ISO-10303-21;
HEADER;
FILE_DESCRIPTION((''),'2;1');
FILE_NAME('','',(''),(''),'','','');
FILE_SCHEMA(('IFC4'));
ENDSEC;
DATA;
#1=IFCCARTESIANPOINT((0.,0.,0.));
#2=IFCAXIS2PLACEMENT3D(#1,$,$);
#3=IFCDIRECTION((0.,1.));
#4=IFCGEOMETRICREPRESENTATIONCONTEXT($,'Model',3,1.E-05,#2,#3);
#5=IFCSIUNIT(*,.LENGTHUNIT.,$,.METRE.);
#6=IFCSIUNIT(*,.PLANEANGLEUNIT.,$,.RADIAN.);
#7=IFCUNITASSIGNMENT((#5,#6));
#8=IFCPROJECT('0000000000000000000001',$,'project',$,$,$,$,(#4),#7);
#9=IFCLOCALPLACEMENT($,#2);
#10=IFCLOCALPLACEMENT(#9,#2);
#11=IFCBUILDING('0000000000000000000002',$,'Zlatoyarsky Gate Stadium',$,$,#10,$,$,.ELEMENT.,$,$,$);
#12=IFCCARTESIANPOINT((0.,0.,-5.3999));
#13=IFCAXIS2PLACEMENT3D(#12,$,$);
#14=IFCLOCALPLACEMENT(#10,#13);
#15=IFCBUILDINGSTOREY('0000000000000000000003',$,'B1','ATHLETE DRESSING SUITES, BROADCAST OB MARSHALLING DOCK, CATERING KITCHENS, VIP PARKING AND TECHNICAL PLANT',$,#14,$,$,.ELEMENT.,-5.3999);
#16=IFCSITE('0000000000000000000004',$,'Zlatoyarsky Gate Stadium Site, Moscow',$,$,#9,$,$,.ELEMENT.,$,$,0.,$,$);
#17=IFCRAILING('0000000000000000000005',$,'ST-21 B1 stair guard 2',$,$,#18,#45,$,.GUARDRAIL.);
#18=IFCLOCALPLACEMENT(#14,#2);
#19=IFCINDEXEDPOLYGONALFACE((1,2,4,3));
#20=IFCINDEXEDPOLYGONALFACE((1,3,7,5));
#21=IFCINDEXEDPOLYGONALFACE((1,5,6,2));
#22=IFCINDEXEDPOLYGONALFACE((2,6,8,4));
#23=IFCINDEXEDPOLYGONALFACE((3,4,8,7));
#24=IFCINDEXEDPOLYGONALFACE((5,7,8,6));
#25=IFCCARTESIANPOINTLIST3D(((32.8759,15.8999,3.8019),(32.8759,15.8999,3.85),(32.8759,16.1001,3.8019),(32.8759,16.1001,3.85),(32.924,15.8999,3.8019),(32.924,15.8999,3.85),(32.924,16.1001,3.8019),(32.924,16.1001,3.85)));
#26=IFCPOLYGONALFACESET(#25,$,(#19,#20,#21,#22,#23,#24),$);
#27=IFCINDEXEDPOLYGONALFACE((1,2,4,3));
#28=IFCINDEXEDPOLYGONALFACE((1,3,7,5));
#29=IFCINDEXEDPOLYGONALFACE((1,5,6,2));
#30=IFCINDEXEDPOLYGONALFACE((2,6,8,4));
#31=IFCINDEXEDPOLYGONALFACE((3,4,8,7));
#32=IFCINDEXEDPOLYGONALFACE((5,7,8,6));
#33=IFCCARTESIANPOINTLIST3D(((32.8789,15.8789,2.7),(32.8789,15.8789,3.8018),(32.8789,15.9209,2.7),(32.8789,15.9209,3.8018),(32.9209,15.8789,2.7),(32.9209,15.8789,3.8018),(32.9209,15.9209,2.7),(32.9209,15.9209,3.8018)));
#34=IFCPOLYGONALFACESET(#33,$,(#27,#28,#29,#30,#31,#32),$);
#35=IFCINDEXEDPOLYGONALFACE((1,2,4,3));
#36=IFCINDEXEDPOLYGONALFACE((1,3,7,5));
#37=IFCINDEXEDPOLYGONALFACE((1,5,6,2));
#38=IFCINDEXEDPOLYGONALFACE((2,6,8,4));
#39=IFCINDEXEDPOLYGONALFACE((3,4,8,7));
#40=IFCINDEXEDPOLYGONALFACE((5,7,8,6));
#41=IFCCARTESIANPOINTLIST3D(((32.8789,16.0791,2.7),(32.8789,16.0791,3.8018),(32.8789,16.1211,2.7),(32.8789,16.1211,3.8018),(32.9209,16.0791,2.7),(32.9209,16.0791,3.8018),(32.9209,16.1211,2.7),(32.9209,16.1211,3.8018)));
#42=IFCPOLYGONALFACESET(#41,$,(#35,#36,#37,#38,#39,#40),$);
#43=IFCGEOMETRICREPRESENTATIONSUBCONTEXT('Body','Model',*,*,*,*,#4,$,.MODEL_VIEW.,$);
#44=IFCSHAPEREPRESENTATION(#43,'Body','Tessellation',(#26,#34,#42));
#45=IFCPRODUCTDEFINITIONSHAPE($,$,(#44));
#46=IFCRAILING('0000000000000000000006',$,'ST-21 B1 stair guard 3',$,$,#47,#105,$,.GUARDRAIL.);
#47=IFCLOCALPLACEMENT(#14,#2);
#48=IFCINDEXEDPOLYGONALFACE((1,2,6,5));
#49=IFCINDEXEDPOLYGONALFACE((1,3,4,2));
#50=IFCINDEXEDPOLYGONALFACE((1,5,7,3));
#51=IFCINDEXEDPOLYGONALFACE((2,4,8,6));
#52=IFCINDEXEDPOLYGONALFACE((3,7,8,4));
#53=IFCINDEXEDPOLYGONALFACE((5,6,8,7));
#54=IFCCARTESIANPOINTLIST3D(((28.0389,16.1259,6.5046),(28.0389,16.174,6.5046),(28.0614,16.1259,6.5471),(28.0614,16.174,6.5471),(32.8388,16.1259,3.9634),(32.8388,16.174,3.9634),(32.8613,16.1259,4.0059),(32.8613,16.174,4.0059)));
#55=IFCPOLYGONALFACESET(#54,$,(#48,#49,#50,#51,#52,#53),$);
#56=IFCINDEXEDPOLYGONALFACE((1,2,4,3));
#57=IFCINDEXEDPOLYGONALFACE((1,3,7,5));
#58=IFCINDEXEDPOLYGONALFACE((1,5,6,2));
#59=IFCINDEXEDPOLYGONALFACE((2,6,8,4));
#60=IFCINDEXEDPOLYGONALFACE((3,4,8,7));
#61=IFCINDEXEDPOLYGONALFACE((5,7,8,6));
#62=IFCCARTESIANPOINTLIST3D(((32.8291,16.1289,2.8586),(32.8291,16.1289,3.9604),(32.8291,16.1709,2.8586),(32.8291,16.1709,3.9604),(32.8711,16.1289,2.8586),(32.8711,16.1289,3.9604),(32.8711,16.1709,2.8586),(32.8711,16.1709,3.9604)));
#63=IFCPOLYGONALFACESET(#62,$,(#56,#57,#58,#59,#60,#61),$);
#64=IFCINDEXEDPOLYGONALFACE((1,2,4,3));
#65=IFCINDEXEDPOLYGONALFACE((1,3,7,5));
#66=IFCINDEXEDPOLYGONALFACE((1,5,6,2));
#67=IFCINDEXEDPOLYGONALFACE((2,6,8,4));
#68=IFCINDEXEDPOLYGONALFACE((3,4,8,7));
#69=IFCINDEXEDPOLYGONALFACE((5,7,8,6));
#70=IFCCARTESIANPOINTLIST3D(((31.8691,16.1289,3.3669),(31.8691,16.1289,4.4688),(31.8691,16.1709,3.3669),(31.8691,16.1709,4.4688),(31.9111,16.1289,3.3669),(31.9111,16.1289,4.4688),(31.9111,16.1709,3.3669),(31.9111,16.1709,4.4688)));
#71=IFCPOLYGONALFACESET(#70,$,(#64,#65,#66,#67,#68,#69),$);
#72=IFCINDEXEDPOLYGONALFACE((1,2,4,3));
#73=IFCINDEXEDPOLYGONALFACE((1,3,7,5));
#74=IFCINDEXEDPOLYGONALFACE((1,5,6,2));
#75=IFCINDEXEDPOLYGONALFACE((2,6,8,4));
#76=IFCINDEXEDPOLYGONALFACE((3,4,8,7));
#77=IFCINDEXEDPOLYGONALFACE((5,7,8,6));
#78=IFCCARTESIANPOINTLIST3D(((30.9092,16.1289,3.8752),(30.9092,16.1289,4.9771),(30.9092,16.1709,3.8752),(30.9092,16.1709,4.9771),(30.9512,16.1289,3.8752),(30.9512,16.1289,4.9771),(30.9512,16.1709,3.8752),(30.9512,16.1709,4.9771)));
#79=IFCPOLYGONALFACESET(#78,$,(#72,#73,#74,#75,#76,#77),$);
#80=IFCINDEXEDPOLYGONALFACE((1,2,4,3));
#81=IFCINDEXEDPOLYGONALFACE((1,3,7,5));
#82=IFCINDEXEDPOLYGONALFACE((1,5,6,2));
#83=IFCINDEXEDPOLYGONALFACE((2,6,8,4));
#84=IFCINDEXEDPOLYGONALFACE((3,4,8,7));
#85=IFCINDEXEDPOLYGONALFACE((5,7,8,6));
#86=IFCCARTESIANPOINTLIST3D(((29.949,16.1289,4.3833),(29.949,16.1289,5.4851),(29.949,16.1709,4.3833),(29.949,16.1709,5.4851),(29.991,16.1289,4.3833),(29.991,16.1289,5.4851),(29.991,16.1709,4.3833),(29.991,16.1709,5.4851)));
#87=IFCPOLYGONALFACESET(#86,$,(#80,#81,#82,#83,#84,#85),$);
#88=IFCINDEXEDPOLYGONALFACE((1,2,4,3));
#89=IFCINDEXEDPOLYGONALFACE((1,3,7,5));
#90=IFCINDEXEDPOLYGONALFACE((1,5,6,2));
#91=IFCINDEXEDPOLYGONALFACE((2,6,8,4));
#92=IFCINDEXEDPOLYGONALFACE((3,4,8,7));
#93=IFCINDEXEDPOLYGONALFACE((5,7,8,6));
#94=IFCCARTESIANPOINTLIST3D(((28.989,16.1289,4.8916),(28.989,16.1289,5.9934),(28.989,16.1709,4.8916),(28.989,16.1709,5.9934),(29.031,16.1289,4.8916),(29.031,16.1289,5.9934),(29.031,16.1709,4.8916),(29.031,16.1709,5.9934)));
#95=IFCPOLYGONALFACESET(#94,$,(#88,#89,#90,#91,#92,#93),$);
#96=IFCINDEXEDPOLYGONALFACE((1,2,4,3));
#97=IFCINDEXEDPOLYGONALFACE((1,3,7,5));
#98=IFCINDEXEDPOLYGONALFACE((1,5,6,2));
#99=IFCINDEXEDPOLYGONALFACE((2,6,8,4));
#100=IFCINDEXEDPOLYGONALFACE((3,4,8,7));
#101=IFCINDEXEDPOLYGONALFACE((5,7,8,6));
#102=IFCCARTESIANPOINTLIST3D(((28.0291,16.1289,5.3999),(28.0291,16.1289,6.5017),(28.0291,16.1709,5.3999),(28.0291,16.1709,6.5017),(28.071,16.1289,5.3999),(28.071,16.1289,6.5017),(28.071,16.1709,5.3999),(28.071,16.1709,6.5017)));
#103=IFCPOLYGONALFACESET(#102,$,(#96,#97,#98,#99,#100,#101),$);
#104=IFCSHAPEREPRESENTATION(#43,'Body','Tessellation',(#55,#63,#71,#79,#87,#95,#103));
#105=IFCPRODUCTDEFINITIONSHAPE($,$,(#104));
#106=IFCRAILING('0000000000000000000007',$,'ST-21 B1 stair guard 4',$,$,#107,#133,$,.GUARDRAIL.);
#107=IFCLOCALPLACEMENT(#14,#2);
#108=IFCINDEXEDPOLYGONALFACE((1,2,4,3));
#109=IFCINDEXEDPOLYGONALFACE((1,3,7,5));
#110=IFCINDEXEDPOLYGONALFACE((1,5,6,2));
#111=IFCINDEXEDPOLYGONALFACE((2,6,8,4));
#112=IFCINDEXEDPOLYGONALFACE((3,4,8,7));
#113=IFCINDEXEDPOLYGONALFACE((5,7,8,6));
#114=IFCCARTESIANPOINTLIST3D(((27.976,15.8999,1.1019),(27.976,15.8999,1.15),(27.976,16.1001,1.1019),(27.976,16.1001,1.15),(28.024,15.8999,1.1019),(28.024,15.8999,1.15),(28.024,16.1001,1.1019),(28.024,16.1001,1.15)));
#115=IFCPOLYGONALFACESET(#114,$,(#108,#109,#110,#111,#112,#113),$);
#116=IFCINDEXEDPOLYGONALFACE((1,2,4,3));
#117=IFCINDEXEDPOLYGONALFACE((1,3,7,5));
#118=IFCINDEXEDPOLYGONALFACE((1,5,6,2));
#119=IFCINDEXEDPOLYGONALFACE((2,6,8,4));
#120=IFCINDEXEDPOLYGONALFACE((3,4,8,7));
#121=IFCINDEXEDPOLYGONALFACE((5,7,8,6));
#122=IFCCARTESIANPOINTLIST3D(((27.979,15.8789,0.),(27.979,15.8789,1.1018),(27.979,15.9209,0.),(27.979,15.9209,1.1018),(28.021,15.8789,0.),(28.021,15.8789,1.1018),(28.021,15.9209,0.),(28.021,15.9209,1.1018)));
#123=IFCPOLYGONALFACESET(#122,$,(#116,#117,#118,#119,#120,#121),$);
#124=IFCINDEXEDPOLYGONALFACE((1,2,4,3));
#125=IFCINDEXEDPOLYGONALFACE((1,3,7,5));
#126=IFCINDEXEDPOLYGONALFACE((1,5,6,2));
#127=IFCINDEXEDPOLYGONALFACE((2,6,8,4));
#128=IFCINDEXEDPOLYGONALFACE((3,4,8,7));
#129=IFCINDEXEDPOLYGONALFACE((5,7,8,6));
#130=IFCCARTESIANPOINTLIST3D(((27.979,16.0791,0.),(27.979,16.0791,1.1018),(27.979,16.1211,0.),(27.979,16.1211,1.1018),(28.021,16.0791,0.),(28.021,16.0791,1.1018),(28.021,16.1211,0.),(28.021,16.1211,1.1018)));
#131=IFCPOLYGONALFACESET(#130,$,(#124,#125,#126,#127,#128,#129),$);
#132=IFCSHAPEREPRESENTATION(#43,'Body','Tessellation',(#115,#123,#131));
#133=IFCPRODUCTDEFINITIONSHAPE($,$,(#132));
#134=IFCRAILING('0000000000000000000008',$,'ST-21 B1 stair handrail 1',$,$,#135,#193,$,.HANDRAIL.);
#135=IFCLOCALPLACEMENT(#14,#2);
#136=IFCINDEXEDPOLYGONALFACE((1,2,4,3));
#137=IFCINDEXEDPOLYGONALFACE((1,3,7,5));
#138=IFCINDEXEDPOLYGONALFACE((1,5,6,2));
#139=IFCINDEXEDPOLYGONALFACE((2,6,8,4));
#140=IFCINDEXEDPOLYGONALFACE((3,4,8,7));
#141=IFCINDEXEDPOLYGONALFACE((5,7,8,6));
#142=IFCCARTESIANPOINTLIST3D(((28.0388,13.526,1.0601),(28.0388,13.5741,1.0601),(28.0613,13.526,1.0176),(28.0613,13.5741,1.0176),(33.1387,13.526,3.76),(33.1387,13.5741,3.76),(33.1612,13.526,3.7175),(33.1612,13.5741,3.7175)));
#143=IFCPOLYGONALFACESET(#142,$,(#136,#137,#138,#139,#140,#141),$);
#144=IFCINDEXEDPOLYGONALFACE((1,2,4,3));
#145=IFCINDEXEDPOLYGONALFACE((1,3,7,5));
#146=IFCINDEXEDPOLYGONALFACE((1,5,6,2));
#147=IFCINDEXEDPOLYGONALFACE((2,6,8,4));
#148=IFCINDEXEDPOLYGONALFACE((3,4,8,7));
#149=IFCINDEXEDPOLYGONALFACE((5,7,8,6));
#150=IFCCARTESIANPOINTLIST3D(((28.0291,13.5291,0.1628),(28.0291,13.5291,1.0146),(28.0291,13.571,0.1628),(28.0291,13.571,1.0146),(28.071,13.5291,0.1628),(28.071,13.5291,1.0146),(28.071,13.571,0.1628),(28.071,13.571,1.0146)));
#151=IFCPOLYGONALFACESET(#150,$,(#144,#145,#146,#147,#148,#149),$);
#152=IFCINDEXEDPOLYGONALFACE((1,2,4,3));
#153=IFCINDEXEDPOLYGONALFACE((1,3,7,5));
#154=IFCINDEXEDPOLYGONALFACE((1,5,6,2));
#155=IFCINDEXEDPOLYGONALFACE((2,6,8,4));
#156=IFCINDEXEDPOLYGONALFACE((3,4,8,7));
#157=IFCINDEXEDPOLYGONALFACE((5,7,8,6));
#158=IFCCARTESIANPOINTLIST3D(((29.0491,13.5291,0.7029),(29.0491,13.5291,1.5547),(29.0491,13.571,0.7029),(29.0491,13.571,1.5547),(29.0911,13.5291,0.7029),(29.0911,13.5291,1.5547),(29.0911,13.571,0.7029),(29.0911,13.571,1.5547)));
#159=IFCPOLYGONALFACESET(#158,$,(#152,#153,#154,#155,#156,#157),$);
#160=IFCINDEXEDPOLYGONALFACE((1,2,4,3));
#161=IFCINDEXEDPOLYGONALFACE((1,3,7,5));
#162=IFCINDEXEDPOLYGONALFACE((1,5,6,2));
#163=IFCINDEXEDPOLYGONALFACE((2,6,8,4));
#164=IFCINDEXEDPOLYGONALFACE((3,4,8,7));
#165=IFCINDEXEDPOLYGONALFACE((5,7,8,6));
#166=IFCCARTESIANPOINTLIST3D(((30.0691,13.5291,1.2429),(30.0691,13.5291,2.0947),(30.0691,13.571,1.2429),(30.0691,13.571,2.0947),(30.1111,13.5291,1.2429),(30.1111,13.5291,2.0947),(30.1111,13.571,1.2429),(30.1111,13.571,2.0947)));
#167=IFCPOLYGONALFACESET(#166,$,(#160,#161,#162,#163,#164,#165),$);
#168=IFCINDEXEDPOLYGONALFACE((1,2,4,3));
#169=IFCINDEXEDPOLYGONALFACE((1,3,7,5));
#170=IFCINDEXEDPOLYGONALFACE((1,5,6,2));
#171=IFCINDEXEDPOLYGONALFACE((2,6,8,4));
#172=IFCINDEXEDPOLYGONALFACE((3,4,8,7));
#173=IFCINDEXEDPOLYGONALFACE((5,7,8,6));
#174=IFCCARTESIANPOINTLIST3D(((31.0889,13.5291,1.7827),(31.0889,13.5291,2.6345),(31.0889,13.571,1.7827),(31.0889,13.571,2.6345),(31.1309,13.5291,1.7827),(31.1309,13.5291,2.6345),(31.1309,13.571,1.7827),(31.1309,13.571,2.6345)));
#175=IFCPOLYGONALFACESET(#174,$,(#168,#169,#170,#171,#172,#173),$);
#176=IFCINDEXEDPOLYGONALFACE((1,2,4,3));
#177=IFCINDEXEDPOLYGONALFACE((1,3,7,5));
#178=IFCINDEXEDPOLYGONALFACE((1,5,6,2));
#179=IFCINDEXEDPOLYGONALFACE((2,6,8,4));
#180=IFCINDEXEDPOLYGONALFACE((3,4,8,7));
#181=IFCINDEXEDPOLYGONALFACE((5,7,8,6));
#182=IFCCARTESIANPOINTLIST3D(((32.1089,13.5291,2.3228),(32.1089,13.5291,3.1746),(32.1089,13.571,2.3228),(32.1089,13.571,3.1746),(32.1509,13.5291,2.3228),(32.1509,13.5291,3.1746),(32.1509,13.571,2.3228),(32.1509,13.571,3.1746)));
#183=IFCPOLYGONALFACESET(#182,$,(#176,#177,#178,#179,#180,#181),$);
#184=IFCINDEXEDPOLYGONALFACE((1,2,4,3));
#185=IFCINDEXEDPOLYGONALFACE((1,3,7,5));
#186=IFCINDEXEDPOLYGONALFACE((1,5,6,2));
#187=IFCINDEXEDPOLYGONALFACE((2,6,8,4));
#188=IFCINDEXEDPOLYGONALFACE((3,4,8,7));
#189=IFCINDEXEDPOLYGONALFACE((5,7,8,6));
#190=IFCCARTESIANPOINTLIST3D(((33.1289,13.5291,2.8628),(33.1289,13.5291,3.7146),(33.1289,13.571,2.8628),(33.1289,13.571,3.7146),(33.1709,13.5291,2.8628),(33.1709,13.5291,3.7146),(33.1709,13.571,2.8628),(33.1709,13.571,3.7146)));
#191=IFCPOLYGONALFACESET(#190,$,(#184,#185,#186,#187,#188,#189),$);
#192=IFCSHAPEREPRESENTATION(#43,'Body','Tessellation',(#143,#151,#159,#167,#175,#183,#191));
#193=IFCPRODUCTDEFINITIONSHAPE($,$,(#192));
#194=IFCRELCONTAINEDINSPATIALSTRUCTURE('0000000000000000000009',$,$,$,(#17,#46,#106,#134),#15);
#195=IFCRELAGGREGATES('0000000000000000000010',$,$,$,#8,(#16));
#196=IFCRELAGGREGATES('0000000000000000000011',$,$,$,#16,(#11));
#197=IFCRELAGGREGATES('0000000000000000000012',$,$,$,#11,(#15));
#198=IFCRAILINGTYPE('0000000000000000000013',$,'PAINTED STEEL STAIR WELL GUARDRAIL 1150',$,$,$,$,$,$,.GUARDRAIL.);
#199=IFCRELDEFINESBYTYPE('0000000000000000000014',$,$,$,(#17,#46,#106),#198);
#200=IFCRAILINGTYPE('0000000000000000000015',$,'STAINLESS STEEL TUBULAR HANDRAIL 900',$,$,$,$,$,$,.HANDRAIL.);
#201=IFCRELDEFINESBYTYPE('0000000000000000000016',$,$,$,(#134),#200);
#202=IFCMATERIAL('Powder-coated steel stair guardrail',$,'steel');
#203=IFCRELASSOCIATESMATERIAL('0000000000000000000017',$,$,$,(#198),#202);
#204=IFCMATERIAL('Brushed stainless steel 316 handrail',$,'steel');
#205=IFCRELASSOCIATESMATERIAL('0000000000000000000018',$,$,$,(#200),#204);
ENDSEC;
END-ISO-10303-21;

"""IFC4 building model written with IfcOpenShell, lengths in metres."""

from ifc_helpers import new_model, si_unit, direction, frame, origin, origin_2d, place, context, subcontext, project, spatial, rectangle, extrude, material, type_object, element, save


model = new_model("IFC4")

# Units and contexts
model_context = context("Model", 3, precision=1e-05, world=origin(), true_north=direction((0.0, 1.0)))
body_context = subcontext(model_context, "Body", "Model", "MODEL_VIEW")
ifc_project = project(units=[si_unit("LENGTHUNIT", "METRE"), si_unit("PLANEANGLEUNIT", "RADIAN")], contexts=[model_context])

# Site, building, storey
site_placement = place(None, origin())
site = spatial("IfcSite", under=ifc_project, at=site_placement, Name="Zlatoyarsky Gate Stadium Site, Moscow", CompositionType="ELEMENT", RefElevation=0.0)
building_placement = place(site_placement, origin())
building = spatial("IfcBuilding", under=site, at=building_placement, Name="Zlatoyarsky Gate Stadium", CompositionType="ELEMENT")
storey_placement = place(building_placement, frame((0.0, 0.0, -5.3999)))
storey = spatial("IfcBuildingStorey", under=building, at=storey_placement, Name="B1", Description="ATHLETE DRESSING SUITES, BROADCAST OB MARSHALLING DOCK, CATERING KITCHENS, VIP PARKING AND TECHNICAL PLANT", CompositionType="ELEMENT", Elevation=-5.3999)

# Railings
ifc_material_1 = material(Name="Powder-coated steel stair guardrail", Category="steel")
railing_type_1 = type_object("IfcRailingType", Name="PAINTED STEEL STAIR WELL GUARDRAIL 1150", PredefinedType="GUARDRAIL", material=ifc_material_1)
railing_1_placement = place(storey_placement, frame((32.8999, 15.8999, 2.7)))
element("IfcRailing", 1, at=railing_1_placement, inside=storey, type_object=railing_type_1, Name="ST-21 B1 stair guard 2", PredefinedType="GUARDRAIL", context=body_context, shape_type="SweptSolid", body=[
    extrude(rectangle(XDim=0.0481, YDim=0.0481, at=origin_2d()), frame((0.0, 0.0, 1.126), z_axis=(0.0, 1.0, 0.0), x_axis=(-1.0, 0.0, 0.0)), (0.0, 0.0, 1.0), 0.2002),
    extrude(rectangle(XDim=0.042, YDim=0.042, at=origin_2d()), origin(), (0.0, 0.0, 1.0), 1.1018),
    extrude(rectangle(XDim=0.042, YDim=0.042, at=origin_2d()), frame((0.0, 0.2002, 0.0)), (0.0, 0.0, 1.0), 1.1018),
])
railing_2_placement = place(storey_placement, frame((32.8501, 16.1499, 2.8586)))
element("IfcRailing", 2, at=railing_2_placement, inside=storey, type_object=railing_type_1, Name="ST-21 B1 stair guard 3", PredefinedType="GUARDRAIL", context=body_context, shape_type="SweptSolid", body=[
    extrude(rectangle(XDim=0.0481, YDim=0.0481, at=origin_2d()), frame((0.0, 0.0, 1.126), z_axis=(-0.883784, 0.0, 0.467896), x_axis=(0.0, -1.0, 0.0)), (0.0, 0.0, 1.0), 5.4312),
    extrude(rectangle(XDim=0.042, YDim=0.042, at=origin_2d()), origin(), (0.0, 0.0, 1.0), 1.1018),
    extrude(rectangle(XDim=0.042, YDim=0.042, at=origin_2d()), frame((-0.96, 0.0, 0.5083)), (0.0, 0.0, 1.0), 1.1018),
    extrude(rectangle(XDim=0.042, YDim=0.042, at=origin_2d()), frame((-1.9199, 0.0, 1.0166)), (0.0, 0.0, 1.0), 1.1018),
    extrude(rectangle(XDim=0.042, YDim=0.042, at=origin_2d()), frame((-2.8801, 0.0, 1.5247)), (0.0, 0.0, 1.0), 1.1018),
    extrude(rectangle(XDim=0.042, YDim=0.042, at=origin_2d()), frame((-3.8401, 0.0, 2.033)), (0.0, 0.0, 1.0), 1.1018),
    extrude(rectangle(XDim=0.042, YDim=0.042, at=origin_2d()), frame((-4.8, 0.0, 2.5413)), (0.0, 0.0, 1.0), 1.1018),
])
railing_3_placement = place(storey_placement, frame((28.0, 15.8999, 0.0)))
element("IfcRailing", 3, at=railing_3_placement, inside=storey, type_object=railing_type_1, Name="ST-21 B1 stair guard 4", PredefinedType="GUARDRAIL", context=body_context, shape_type="SweptSolid", body=[
    extrude(rectangle(XDim=0.0481, YDim=0.0481, at=origin_2d()), frame((0.0, 0.0, 1.126), z_axis=(0.0, 1.0, 0.0), x_axis=(-1.0, 0.0, 0.0)), (0.0, 0.0, 1.0), 0.2002),
    extrude(rectangle(XDim=0.042, YDim=0.042, at=origin_2d()), origin(), (0.0, 0.0, 1.0), 1.1018),
    extrude(rectangle(XDim=0.042, YDim=0.042, at=origin_2d()), frame((0.0, 0.2002, 0.0)), (0.0, 0.0, 1.0), 1.1018),
])
ifc_material_2 = material(Name="Brushed stainless steel 316 handrail", Category="steel")
railing_type_2 = type_object("IfcRailingType", Name="STAINLESS STEEL TUBULAR HANDRAIL 900", PredefinedType="HANDRAIL", material=ifc_material_2)
railing_4_placement = place(storey_placement, frame((28.05, 13.55, 0.1628)))
element("IfcRailing", 4, at=railing_4_placement, inside=storey, type_object=railing_type_2, Name="ST-21 B1 stair handrail 1", PredefinedType="HANDRAIL", context=body_context, shape_type="SweptSolid", body=[
    extrude(rectangle(XDim=0.0481, YDim=0.0481, at=origin_2d()), frame((0.0, 0.0, 0.876), z_axis=(0.883786, 0.0, 0.467892), x_axis=(0.0, 1.0, 0.0)), (0.0, 0.0, 1.0), 5.7705),
    extrude(rectangle(XDim=0.042, YDim=0.042, at=origin_2d()), origin(), (0.0, 0.0, 1.0), 0.8518),
    extrude(rectangle(XDim=0.042, YDim=0.042, at=origin_2d()), frame((1.02, 0.0, 0.54)), (0.0, 0.0, 1.0), 0.8518),
    extrude(rectangle(XDim=0.042, YDim=0.042, at=origin_2d()), frame((2.04, 0.0, 1.0801)), (0.0, 0.0, 1.0), 0.8518),
    extrude(rectangle(XDim=0.042, YDim=0.042, at=origin_2d()), frame((3.0598, 0.0, 1.6199)), (0.0, 0.0, 1.0), 0.8518),
    extrude(rectangle(XDim=0.042, YDim=0.042, at=origin_2d()), frame((4.0798, 0.0, 2.1599)), (0.0, 0.0, 1.0), 0.8518),
    extrude(rectangle(XDim=0.042, YDim=0.042, at=origin_2d()), frame((5.0999, 0.0, 2.7)), (0.0, 0.0, 1.0), 0.8518),
])

save(model, "model.ifc")
